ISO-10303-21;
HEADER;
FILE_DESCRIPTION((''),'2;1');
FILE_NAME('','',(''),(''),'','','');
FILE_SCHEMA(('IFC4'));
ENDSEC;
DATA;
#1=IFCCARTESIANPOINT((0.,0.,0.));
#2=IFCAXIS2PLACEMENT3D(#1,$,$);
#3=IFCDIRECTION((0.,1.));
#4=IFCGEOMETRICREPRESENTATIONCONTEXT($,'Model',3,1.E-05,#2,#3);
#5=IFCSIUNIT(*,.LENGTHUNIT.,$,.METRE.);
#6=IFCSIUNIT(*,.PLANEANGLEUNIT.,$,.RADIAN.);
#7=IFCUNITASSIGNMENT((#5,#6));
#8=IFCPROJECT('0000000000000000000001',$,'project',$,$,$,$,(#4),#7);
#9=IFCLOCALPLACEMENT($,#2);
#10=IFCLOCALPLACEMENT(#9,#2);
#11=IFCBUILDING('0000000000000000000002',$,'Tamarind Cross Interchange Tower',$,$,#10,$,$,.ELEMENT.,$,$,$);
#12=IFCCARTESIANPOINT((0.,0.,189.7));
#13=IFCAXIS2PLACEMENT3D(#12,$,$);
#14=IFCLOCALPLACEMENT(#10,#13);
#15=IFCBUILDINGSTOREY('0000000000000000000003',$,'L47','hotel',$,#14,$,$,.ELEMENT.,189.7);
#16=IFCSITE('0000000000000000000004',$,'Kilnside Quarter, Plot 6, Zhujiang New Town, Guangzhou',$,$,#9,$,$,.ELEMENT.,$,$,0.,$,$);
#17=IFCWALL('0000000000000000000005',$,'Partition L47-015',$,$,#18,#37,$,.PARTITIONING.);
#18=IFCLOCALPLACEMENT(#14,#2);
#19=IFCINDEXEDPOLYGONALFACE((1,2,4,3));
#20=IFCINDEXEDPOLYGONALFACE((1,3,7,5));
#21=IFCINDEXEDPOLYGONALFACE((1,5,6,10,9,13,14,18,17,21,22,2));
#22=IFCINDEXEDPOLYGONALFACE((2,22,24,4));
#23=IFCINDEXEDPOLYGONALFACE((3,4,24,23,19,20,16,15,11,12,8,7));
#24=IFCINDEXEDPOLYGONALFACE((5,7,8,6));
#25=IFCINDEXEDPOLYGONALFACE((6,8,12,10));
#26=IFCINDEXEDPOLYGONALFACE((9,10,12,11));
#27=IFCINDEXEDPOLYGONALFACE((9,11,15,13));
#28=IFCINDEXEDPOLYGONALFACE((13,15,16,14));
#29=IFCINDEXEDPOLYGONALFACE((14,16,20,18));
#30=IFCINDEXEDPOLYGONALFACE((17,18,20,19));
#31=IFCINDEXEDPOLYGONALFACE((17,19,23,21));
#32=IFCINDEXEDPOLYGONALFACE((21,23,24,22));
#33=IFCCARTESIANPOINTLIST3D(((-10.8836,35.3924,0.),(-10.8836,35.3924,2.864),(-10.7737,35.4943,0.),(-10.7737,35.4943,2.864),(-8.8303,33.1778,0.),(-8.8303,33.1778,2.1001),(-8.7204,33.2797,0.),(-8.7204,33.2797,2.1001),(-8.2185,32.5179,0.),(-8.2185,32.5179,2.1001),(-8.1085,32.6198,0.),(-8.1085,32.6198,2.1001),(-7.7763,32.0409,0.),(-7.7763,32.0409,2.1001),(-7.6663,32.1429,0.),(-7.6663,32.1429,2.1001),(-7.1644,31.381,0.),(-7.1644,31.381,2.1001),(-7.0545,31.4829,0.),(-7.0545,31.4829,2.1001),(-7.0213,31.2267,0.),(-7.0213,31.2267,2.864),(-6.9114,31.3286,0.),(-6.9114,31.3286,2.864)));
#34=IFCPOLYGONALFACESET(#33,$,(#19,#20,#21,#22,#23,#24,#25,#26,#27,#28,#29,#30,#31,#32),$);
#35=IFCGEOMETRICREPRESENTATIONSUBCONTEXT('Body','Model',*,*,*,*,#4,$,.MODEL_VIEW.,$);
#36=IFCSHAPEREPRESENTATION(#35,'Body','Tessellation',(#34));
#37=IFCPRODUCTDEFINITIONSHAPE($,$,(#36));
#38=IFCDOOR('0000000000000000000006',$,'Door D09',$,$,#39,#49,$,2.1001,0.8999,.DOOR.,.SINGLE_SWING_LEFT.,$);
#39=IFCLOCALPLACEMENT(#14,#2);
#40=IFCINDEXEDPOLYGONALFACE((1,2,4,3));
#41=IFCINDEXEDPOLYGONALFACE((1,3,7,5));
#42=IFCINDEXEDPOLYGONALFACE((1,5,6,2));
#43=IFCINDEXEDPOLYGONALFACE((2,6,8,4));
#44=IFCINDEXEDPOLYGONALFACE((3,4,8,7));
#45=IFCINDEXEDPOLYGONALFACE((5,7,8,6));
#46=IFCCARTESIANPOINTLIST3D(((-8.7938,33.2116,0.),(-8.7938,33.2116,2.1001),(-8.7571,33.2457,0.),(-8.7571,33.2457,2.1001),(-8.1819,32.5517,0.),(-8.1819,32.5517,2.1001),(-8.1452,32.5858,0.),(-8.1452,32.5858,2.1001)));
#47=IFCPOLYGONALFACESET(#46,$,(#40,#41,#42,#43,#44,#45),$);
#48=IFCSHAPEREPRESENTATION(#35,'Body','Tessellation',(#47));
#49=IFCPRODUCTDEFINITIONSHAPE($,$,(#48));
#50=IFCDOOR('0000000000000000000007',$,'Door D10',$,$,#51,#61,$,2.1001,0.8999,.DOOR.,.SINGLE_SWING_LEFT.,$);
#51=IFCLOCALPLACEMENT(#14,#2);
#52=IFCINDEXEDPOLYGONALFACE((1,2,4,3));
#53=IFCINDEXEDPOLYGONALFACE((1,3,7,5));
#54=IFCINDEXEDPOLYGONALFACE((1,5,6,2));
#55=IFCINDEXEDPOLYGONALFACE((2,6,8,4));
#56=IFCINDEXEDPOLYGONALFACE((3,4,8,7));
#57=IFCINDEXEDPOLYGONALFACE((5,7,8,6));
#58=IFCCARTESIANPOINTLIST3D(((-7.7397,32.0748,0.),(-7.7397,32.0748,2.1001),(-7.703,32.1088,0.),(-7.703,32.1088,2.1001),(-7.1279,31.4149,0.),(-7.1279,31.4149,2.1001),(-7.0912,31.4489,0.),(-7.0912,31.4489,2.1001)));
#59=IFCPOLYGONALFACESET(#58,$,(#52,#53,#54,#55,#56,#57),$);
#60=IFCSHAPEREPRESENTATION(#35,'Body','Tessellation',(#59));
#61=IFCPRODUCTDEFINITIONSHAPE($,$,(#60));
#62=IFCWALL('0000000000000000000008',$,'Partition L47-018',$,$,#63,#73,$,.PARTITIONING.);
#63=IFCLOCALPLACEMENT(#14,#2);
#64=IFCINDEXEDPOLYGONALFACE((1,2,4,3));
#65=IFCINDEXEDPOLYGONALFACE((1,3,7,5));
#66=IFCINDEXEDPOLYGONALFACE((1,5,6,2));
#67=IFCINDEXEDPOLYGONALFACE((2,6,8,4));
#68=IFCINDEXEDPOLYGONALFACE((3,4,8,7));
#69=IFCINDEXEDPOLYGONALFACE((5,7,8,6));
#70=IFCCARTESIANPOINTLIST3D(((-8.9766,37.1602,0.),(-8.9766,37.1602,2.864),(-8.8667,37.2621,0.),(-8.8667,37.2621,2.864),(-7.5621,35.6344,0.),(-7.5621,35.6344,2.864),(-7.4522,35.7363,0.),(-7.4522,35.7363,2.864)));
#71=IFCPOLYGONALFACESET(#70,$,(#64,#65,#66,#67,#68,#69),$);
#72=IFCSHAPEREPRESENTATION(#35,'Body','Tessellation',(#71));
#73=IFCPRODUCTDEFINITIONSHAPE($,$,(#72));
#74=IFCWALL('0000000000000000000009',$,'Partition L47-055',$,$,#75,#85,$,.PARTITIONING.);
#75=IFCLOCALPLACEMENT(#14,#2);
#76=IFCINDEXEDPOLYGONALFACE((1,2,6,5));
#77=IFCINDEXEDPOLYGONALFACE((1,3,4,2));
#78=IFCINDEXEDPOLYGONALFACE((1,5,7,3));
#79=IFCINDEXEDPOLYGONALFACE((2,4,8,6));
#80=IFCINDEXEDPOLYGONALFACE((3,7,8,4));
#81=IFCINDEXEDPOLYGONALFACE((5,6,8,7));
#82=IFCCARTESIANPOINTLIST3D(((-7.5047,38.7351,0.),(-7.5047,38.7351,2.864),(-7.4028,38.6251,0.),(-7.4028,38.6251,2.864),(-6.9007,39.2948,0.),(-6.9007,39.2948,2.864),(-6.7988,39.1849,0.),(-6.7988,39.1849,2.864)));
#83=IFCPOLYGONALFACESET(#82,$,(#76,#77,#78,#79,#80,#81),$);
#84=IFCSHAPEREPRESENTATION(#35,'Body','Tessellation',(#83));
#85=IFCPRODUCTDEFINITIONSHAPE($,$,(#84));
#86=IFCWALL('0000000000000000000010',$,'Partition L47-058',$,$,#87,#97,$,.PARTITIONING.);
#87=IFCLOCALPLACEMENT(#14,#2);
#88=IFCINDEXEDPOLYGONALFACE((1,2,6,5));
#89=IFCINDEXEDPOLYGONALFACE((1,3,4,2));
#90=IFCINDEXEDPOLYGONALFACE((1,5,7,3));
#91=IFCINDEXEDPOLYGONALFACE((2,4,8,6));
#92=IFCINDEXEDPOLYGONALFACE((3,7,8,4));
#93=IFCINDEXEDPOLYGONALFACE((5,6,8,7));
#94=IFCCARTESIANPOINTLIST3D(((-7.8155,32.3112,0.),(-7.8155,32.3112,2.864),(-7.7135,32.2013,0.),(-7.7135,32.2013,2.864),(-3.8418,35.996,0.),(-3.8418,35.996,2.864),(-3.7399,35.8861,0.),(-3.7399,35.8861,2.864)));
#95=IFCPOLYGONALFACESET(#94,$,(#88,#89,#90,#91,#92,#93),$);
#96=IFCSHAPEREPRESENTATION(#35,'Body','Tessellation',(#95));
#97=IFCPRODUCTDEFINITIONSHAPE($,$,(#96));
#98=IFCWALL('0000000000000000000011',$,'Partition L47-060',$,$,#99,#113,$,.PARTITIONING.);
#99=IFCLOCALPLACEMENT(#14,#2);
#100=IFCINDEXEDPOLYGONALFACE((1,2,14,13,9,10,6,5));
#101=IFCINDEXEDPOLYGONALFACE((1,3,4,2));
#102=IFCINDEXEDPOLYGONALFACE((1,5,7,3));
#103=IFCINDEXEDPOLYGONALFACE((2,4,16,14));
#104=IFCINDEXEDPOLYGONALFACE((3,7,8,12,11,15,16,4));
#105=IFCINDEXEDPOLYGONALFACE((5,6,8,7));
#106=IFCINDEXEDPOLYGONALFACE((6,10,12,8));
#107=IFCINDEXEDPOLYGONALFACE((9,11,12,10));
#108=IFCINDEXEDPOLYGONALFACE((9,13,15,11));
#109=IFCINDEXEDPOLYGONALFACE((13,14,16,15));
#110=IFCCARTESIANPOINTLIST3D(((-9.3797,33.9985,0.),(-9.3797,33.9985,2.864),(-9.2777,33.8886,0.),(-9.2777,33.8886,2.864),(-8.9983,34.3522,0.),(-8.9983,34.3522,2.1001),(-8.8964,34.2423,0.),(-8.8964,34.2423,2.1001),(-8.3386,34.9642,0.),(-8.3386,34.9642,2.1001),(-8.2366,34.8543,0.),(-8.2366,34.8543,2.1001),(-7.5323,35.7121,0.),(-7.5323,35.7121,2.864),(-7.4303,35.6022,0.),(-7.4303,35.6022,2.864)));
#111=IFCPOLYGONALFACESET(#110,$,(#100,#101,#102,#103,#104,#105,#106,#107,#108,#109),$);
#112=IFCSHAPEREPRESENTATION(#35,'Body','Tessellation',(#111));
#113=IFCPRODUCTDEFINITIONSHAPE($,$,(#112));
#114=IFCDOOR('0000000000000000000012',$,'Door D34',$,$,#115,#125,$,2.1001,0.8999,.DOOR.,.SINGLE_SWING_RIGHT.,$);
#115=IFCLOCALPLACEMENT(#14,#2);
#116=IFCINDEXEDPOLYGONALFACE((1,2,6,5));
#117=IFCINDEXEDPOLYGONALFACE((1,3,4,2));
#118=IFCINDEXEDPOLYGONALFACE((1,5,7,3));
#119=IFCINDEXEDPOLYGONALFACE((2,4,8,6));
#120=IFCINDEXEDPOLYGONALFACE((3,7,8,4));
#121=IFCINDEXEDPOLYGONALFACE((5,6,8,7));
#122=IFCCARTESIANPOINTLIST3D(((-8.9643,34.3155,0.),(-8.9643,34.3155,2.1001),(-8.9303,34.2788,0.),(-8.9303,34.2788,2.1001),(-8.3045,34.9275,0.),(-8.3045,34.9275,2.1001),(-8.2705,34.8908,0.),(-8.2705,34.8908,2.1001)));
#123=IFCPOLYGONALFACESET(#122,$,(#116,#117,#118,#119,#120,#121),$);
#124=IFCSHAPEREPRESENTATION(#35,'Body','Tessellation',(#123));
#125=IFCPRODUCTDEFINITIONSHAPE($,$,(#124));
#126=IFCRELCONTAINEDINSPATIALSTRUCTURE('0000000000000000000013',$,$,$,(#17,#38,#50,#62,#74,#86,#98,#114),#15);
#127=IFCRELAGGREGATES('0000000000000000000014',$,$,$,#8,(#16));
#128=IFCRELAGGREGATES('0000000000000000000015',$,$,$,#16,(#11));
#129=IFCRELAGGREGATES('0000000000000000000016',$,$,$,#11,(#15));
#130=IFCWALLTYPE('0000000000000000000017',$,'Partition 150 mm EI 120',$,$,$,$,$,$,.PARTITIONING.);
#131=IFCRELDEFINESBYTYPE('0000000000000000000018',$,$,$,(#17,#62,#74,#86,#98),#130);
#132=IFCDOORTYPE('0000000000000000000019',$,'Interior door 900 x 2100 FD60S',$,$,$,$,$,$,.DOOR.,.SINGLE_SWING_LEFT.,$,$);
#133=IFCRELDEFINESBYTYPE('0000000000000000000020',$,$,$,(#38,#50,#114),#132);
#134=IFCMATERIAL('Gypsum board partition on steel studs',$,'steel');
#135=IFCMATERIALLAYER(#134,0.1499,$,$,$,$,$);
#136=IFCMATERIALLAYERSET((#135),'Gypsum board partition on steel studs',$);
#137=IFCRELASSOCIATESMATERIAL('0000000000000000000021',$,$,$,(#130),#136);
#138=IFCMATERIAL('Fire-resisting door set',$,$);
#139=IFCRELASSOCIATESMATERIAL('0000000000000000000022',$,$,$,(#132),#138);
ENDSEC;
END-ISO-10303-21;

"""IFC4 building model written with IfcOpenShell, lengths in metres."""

from ifc_helpers import new_model, si_unit, direction, frame, frame_2d, origin, place, context, subcontext, project, spatial, rectangle, extrude, material, layer, layer_set, type_object, element, fill, save


model = new_model("IFC4")

# Units and contexts
model_context = context("Model", 3, precision=1e-05, world=origin(), true_north=direction((0.0, 1.0)))
body_context = subcontext(model_context, "Body", "Model", "MODEL_VIEW")
ifc_project = project(units=[si_unit("LENGTHUNIT", "METRE"), si_unit("PLANEANGLEUNIT", "RADIAN")], contexts=[model_context])

# Site, building, storey
site_placement = place(None, origin())
site = spatial("IfcSite", under=ifc_project, at=site_placement, Name="Kilnside Quarter, Plot 6, Zhujiang New Town, Guangzhou", CompositionType="ELEMENT", RefElevation=0.0)
building_placement = place(site_placement, origin())
building = spatial("IfcBuilding", under=site, at=building_placement, Name="Tamarind Cross Interchange Tower", CompositionType="ELEMENT")
storey_placement = place(building_placement, frame((0.0, 0.0, 189.7)))
storey = spatial("IfcBuildingStorey", under=building, at=storey_placement, Name="L47", Description="hotel", CompositionType="ELEMENT", Elevation=189.7)

# Wall, openings, doors
ifc_material_1 = material(Name="Gypsum board partition on steel studs", Category="steel")
ifc_layer_1 = layer(ifc_material_1, 0.1499)
ifc_layer_set_1 = layer_set([ifc_layer_1], Name="Gypsum board partition on steel studs")
wall_type = type_object("IfcWallType", Name="Partition 150 mm EI 120", PredefinedType="PARTITIONING", material=ifc_layer_set_1)
wall_1_placement = place(storey_placement, frame((-10.8286, 35.4434, 0.0), z_axis=(0.0, 0.0, 1.0), x_axis=(0.679892, -0.733312, 0.0)))
wall_1 = element("IfcWall", 1, at=wall_1_placement, inside=storey, type_object=wall_type, Name="Partition L47-015", PredefinedType="PARTITIONING", context=body_context, shape_type="SweptSolid", body=[
    extrude(rectangle(XDim=5.6807, YDim=0.1499, at=frame_2d((2.8403, 0.0))), origin(), (0.0, 0.0, 1.0), 2.864),
])
opening_1_placement = place(wall_1_placement, frame((3.02, 0.0, 0.0)))
opening_1 = element("IfcOpeningElement", 2, at=opening_1_placement, cuts=wall_1, PredefinedType="OPENING", context=body_context, shape_type="SweptSolid", body=[
    extrude(rectangle(XDim=0.8999, YDim=2.1001, at=frame_2d((0.45, 1.05))), frame((0.0, 0.085, 0.0), z_axis=(0.0, -1.0, 0.0), x_axis=(1.0, 0.0, 0.0)), (0.0, 0.0, 1.0), 0.1699),
])
opening_2_placement = place(wall_1_placement, frame((4.5703, 0.0, 0.0)))
opening_2 = element("IfcOpeningElement", 3, at=opening_2_placement, cuts=wall_1, PredefinedType="OPENING", context=body_context, shape_type="SweptSolid", body=[
    extrude(rectangle(XDim=0.8999, YDim=2.1001, at=frame_2d((0.45, 1.05))), frame((0.0, 0.085, 0.0), z_axis=(0.0, -1.0, 0.0), x_axis=(1.0, 0.0, 0.0)), (0.0, 0.0, 1.0), 0.1699),
])
ifc_material_2 = material(Name="Fire-resisting door set")
door_type = type_object("IfcDoorType", Name="Interior door 900 x 2100 FD60S", OperationType="SINGLE_SWING_LEFT", PredefinedType="DOOR", material=ifc_material_2)
door_1_placement = place(opening_1_placement, origin())
door_1 = element("IfcDoor", 4, at=door_1_placement, inside=storey, type_object=door_type, Name="Door D09", OperationType="SINGLE_SWING_LEFT", OverallHeight=2.1001, OverallWidth=0.8999, PredefinedType="DOOR", context=body_context, shape_type="SweptSolid", body=[
    extrude(rectangle(XDim=0.8999, YDim=2.1001, at=frame_2d((0.45, 1.05))), frame((0.0, 0.0249, 0.0), z_axis=(0.0, -1.0, 0.0), x_axis=(1.0, 0.0, 0.0)), (0.0, 0.0, 1.0), 0.05),
])
fill(opening_1, door_1)
door_2_placement = place(opening_2_placement, origin())
door_2 = element("IfcDoor", 5, at=door_2_placement, inside=storey, type_object=door_type, Name="Door D10", OperationType="SINGLE_SWING_LEFT", OverallHeight=2.1001, OverallWidth=0.8999, PredefinedType="DOOR", context=body_context, shape_type="SweptSolid", body=[
    extrude(rectangle(XDim=0.8999, YDim=2.1001, at=frame_2d((0.45, 1.05))), frame((0.0, 0.0249, 0.0), z_axis=(0.0, -1.0, 0.0), x_axis=(1.0, 0.0, 0.0)), (0.0, 0.0, 1.0), 0.05),
])
fill(opening_2, door_2)

# Walls
wall_2_placement = place(storey_placement, frame((-8.9216, 37.2112, 0.0), z_axis=(0.0, 0.0, 1.0), x_axis=(0.679848, -0.733353, 0.0)))
element("IfcWall", 6, at=wall_2_placement, inside=storey, type_object=wall_type, Name="Partition L47-018", PredefinedType="PARTITIONING", context=body_context, shape_type="SweptSolid", body=[
    extrude(rectangle(XDim=2.0806, YDim=0.1499, at=frame_2d((1.0403, 0.0))), origin(), (0.0, 0.0, 1.0), 2.864),
])
wall_3_placement = place(storey_placement, frame((-7.4536, 38.6802, 0.0), z_axis=(0.0, 0.0, 1.0), x_axis=(0.733427, 0.679769, 0.0)))
element("IfcWall", 7, at=wall_3_placement, inside=storey, type_object=wall_type, Name="Partition L47-055", PredefinedType="PARTITIONING", context=body_context, shape_type="SweptSolid", body=[
    extrude(rectangle(XDim=0.8235, YDim=0.1499, at=frame_2d((0.4116, 0.0))), origin(), (0.0, 0.0, 1.0), 2.864),
])
wall_4_placement = place(storey_placement, frame((-7.7644, 32.2563, 0.0), z_axis=(0.0, 0.0, 1.0), x_axis=(0.733252, 0.679957, 0.0)))
element("IfcWall", 8, at=wall_4_placement, inside=storey, type_object=wall_type, Name="Partition L47-058", PredefinedType="PARTITIONING", context=body_context, shape_type="SweptSolid", body=[
    extrude(rectangle(XDim=5.4192, YDim=0.1499, at=frame_2d((2.7095, 0.0))), origin(), (0.0, 0.0, 1.0), 2.864),
])

# Wall, opening, door
wall_5_placement = place(storey_placement, frame((-9.3286, 33.9436, 0.0), z_axis=(0.0, 0.0, 1.0), x_axis=(0.733156, 0.680061, 0.0)))
wall_5 = element("IfcWall", 9, at=wall_5_placement, inside=storey, type_object=wall_type, Name="Partition L47-060", PredefinedType="PARTITIONING", context=body_context, shape_type="SweptSolid", body=[
    extrude(rectangle(XDim=2.5198, YDim=0.1499, at=frame_2d((1.2598, 0.0))), origin(), (0.0, 0.0, 1.0), 2.864),
])
opening_3_placement = place(wall_5_placement, frame((0.52, 0.0, 0.0)))
opening_3 = element("IfcOpeningElement", 10, at=opening_3_placement, cuts=wall_5, PredefinedType="OPENING", context=body_context, shape_type="SweptSolid", body=[
    extrude(rectangle(XDim=0.8999, YDim=2.1001, at=frame_2d((0.45, 1.05))), frame((0.0, 0.085, 0.0), z_axis=(0.0, -1.0, 0.0), x_axis=(1.0, 0.0, 0.0)), (0.0, 0.0, 1.0), 0.1699),
])
door_3_placement = place(opening_3_placement, origin())
door_3 = element("IfcDoor", 11, at=door_3_placement, inside=storey, type_object=door_type, Name="Door D34", OperationType="SINGLE_SWING_RIGHT", OverallHeight=2.1001, OverallWidth=0.8999, PredefinedType="DOOR", context=body_context, shape_type="SweptSolid", body=[
    extrude(rectangle(XDim=0.8999, YDim=2.1001, at=frame_2d((0.45, 1.05))), frame((0.0, 0.0249, 0.0), z_axis=(0.0, -1.0, 0.0), x_axis=(1.0, 0.0, 0.0)), (0.0, 0.0, 1.0), 0.05),
])
fill(opening_3, door_3)

save(model, "model.ifc")
